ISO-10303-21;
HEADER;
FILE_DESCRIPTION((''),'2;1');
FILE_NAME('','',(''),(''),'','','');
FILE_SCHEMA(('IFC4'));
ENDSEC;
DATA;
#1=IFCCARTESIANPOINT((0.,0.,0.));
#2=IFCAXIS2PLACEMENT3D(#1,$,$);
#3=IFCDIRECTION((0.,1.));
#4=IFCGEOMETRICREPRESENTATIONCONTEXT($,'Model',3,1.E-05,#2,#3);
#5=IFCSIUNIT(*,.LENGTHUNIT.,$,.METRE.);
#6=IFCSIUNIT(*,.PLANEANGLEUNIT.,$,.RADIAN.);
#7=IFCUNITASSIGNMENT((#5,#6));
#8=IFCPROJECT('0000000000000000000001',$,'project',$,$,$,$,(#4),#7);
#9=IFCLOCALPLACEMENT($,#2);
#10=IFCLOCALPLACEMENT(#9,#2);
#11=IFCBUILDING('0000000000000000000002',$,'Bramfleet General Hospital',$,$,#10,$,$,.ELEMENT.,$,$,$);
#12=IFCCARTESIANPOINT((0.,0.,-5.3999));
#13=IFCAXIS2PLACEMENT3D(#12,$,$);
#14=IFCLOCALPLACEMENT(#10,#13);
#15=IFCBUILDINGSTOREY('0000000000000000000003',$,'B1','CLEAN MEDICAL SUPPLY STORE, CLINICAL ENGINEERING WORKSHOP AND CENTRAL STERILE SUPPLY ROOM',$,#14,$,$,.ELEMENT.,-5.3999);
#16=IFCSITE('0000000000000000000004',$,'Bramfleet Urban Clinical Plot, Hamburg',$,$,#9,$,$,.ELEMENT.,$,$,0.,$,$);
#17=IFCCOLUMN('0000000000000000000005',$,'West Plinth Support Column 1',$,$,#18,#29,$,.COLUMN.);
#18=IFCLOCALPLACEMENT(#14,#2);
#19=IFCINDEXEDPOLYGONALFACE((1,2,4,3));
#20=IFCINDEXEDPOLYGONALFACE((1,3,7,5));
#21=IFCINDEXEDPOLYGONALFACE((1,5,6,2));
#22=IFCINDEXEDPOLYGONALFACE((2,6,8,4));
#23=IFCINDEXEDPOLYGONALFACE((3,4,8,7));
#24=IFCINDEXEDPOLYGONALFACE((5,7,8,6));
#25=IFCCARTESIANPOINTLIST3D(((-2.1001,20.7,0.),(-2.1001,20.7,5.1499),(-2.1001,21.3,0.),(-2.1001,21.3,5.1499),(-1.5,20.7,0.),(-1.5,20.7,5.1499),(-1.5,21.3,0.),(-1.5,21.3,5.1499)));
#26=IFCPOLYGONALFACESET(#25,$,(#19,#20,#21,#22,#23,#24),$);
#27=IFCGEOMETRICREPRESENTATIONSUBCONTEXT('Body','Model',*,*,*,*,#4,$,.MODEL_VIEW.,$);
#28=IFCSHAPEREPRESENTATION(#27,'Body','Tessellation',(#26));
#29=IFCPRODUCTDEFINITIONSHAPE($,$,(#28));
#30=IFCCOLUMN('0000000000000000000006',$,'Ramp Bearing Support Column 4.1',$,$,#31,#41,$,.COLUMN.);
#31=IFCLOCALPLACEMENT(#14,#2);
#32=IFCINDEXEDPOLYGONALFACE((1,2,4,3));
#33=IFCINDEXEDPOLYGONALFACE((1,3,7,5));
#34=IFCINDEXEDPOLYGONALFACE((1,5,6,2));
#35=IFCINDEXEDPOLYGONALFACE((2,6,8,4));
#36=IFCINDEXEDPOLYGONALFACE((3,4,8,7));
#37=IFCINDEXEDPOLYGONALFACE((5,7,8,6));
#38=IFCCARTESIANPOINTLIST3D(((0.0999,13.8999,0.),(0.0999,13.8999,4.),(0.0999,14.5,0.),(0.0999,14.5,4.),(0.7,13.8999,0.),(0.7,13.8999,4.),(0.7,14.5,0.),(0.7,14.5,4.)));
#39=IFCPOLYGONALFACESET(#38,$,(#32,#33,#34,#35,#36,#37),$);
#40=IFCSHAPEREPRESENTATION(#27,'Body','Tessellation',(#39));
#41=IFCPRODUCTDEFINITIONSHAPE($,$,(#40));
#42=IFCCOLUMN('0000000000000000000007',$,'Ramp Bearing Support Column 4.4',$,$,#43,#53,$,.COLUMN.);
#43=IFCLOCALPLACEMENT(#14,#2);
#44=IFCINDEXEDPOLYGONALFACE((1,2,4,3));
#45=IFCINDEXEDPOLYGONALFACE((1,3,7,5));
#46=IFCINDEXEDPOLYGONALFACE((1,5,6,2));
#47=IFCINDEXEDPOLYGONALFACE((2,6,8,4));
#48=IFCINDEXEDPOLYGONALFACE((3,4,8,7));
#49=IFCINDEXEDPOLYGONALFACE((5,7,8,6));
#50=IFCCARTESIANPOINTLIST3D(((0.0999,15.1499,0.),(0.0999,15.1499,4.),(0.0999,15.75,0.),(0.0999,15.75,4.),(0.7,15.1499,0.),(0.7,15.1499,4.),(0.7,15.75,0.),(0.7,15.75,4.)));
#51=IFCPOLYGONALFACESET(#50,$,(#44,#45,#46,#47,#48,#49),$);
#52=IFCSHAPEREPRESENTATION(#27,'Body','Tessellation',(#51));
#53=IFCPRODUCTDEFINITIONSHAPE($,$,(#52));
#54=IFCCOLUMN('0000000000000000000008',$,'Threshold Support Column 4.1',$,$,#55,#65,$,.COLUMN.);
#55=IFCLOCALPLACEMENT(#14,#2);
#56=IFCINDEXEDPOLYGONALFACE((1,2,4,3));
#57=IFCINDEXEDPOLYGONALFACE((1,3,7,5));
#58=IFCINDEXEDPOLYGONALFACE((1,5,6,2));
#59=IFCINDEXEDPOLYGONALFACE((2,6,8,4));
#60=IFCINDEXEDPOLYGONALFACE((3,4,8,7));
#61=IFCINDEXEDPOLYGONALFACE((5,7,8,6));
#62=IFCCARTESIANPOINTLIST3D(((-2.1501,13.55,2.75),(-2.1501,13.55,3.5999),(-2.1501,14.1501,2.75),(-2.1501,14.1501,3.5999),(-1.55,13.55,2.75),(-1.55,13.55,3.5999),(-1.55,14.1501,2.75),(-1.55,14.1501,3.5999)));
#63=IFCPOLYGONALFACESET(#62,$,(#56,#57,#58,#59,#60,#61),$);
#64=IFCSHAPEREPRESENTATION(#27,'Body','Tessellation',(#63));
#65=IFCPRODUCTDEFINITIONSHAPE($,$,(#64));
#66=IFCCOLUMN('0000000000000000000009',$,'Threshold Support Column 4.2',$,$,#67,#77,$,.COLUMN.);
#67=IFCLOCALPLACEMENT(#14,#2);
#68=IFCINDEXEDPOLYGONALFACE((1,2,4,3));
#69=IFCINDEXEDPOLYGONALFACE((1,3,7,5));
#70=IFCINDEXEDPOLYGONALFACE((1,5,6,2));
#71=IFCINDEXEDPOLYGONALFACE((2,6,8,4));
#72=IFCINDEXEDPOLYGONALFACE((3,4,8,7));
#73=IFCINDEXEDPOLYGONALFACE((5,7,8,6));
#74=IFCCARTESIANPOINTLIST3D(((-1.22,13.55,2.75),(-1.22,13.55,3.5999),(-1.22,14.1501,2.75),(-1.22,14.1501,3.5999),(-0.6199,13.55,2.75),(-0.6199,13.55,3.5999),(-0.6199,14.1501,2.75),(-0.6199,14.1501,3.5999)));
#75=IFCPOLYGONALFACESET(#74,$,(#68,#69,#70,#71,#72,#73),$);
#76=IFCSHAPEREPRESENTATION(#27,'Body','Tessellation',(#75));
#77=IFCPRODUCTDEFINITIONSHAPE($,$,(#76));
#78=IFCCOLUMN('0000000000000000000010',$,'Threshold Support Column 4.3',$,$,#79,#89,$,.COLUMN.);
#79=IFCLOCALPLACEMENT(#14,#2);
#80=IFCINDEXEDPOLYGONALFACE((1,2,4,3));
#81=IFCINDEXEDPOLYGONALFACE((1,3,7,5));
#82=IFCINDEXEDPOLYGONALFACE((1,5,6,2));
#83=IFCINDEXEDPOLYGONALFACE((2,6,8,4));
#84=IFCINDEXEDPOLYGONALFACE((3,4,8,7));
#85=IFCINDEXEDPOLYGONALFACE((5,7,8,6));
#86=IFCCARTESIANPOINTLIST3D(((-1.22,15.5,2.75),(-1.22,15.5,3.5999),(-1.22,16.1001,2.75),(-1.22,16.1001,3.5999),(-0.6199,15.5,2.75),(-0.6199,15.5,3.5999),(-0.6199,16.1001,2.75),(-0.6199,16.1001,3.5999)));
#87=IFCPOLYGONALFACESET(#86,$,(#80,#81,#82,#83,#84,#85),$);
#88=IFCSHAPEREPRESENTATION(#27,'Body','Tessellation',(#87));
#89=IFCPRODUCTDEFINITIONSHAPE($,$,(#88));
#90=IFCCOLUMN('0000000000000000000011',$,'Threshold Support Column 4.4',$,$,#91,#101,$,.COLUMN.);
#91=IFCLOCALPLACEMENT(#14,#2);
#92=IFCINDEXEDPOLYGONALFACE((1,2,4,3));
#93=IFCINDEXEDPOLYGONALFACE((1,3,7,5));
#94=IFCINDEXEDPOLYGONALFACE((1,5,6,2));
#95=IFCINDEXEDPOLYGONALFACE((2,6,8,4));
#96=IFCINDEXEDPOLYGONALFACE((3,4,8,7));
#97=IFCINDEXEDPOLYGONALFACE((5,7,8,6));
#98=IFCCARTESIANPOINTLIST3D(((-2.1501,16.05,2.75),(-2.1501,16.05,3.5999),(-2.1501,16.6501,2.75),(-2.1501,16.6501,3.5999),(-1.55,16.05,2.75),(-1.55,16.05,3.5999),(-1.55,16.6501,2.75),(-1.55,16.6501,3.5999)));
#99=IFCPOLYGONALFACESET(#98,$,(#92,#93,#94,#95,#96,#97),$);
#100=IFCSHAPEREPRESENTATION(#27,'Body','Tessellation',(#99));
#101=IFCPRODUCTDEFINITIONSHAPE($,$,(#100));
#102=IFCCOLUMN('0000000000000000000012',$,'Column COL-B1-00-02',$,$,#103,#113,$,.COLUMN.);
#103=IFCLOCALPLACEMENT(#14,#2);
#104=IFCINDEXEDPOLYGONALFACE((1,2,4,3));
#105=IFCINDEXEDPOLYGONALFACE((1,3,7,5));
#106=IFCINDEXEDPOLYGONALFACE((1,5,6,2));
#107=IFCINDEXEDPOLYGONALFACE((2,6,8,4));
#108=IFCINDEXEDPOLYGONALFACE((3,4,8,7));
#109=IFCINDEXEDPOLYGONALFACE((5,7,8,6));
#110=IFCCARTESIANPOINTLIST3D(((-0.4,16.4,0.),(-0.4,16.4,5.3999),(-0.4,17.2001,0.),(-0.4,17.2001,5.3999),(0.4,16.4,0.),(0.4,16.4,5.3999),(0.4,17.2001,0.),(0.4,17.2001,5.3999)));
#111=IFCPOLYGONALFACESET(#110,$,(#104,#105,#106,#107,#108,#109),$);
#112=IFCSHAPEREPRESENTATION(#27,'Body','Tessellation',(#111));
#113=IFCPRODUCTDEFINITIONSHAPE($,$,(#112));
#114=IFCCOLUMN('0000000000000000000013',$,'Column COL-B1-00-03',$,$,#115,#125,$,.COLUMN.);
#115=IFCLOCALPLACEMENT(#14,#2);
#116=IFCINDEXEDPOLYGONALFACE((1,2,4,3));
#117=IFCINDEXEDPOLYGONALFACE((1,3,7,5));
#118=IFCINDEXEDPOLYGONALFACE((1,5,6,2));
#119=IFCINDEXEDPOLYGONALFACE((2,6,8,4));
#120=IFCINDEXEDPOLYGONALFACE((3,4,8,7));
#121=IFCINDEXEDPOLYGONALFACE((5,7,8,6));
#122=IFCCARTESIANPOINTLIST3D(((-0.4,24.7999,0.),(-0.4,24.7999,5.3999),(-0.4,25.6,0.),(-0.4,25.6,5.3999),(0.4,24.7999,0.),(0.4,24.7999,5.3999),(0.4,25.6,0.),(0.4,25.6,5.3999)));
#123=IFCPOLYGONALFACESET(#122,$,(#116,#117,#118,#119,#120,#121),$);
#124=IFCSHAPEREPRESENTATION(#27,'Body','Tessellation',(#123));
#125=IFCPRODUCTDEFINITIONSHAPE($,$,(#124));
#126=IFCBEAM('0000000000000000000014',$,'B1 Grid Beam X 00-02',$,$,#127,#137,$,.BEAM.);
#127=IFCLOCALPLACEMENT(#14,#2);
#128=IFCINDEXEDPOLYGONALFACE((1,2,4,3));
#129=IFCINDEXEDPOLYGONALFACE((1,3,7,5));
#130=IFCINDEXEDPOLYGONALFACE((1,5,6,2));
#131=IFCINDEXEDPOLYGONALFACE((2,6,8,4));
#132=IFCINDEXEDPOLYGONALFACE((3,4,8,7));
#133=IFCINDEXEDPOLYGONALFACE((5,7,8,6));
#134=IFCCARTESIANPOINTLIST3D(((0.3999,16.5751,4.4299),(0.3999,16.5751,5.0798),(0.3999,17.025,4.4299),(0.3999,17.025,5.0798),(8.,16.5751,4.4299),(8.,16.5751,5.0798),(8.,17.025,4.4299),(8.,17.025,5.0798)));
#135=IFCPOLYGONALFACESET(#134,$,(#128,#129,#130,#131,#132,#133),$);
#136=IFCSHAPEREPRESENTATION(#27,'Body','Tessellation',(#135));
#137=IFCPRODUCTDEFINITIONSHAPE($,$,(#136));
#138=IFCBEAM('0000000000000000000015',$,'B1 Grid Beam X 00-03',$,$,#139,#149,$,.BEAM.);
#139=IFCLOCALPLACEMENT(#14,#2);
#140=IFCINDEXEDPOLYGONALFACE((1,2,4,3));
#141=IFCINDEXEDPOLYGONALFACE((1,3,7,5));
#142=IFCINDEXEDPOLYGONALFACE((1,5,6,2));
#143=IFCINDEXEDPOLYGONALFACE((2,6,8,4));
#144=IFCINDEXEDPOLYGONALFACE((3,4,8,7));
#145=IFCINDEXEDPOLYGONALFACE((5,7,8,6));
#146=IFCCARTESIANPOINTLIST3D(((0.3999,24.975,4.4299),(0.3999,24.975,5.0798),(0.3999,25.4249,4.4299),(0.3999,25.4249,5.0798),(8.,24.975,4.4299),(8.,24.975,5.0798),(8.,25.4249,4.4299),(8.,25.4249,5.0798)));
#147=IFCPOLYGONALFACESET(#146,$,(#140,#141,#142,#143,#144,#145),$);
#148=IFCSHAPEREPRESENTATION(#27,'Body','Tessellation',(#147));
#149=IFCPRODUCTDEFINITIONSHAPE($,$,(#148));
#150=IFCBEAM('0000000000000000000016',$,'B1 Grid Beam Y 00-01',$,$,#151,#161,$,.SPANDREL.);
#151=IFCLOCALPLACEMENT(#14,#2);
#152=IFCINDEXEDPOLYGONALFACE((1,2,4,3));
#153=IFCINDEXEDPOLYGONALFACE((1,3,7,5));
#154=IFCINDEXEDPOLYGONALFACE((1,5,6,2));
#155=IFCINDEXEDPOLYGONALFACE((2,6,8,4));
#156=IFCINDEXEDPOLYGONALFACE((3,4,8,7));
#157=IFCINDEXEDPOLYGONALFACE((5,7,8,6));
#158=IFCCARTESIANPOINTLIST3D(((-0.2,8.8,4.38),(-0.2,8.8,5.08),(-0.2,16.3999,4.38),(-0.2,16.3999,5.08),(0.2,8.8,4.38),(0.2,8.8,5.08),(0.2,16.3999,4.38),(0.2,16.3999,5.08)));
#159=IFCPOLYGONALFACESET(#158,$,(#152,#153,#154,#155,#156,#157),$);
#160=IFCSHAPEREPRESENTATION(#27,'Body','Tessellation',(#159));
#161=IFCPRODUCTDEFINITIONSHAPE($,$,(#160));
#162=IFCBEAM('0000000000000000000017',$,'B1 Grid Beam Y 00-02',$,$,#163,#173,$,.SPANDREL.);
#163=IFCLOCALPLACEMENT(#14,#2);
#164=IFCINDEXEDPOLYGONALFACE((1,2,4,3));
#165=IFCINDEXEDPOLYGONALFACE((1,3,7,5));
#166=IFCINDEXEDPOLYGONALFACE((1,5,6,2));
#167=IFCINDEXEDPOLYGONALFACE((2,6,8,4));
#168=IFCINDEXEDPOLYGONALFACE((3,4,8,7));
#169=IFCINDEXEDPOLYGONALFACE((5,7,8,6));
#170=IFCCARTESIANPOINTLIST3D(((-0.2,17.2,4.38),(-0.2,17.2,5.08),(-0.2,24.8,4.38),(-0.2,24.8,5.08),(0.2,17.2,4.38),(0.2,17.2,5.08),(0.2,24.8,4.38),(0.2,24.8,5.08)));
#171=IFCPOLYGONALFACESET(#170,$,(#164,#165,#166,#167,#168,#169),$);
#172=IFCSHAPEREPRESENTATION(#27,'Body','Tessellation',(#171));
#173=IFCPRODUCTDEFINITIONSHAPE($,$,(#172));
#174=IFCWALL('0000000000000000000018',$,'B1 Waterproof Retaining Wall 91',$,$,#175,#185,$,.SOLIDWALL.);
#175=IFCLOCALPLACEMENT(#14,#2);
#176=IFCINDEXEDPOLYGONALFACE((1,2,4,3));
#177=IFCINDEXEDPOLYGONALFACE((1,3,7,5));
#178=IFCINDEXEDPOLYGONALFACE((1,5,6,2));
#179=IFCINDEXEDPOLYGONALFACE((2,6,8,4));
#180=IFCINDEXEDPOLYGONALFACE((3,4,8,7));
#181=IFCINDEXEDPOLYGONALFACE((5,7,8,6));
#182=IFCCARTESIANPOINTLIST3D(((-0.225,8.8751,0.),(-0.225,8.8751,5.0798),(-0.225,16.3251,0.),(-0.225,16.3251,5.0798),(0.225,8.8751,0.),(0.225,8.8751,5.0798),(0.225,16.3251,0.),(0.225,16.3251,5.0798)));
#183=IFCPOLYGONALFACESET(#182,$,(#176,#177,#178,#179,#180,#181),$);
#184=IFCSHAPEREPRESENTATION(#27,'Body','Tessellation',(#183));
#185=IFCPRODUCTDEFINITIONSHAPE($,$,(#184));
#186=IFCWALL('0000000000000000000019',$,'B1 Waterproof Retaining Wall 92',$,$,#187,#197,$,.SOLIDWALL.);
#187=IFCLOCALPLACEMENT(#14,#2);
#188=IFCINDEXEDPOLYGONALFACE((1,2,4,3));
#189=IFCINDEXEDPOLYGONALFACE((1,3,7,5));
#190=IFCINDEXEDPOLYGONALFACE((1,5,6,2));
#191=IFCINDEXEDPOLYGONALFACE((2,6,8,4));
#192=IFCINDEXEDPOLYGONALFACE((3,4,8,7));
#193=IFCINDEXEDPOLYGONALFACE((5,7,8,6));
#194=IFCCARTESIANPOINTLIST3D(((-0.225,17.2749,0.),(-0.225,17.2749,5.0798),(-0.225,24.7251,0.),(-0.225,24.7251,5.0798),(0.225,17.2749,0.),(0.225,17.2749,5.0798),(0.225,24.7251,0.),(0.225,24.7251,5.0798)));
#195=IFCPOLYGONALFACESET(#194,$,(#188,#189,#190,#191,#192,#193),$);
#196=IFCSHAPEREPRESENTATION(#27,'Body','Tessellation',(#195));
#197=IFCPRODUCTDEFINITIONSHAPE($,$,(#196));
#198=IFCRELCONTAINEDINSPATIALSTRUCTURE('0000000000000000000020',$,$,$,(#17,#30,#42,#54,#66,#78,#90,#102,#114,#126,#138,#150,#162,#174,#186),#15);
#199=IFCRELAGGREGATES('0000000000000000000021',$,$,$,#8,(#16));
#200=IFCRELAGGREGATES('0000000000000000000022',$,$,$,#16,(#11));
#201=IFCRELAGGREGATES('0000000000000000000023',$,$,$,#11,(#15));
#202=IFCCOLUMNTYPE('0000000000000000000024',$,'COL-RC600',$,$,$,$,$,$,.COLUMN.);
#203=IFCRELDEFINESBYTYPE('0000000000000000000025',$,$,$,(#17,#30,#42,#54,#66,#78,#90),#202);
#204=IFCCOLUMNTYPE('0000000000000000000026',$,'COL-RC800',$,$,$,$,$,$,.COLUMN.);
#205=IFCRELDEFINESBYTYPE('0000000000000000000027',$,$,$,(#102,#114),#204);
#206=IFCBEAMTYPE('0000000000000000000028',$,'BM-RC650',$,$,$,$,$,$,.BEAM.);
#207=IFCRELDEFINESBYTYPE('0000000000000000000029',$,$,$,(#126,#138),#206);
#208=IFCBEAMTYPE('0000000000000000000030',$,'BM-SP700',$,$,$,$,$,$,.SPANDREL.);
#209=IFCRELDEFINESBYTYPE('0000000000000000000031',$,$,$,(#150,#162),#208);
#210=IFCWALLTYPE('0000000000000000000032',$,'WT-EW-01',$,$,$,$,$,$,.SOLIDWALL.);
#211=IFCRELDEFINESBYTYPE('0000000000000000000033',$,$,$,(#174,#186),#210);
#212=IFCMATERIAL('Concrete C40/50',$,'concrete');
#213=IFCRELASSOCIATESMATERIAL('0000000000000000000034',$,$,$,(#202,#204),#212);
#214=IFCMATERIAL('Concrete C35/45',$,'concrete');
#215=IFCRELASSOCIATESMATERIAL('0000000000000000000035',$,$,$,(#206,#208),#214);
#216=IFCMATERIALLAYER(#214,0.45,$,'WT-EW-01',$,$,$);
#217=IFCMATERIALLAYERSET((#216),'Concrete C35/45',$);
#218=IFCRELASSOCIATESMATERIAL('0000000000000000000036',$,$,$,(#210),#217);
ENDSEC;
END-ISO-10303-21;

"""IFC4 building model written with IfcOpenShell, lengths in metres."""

from ifc_helpers import new_model, si_unit, direction, frame, frame_2d, origin, origin_2d, place, context, subcontext, project, spatial, rectangle, extrude, material, layer, layer_set, material_profile, profile_set, type_object, element, save


model = new_model("IFC4")

# Units and contexts
model_context = context("Model", 3, precision=1e-05, world=origin(), true_north=direction((0.0, 1.0)))
body_context = subcontext(model_context, "Body", "Model", "MODEL_VIEW")
ifc_project = project(units=[si_unit("LENGTHUNIT", "METRE"), si_unit("PLANEANGLEUNIT", "RADIAN")], contexts=[model_context])

# Site, building, storey
site_placement = place(None, origin())
site = spatial("IfcSite", under=ifc_project, at=site_placement, Name="Bramfleet Urban Clinical Plot, Hamburg", CompositionType="ELEMENT", RefElevation=0.0)
building_placement = place(site_placement, origin())
building = spatial("IfcBuilding", under=site, at=building_placement, Name="Bramfleet General Hospital", CompositionType="ELEMENT")
storey_placement = place(building_placement, frame((0.0, 0.0, -5.3999)))
storey = spatial("IfcBuildingStorey", under=building, at=storey_placement, Name="B1", Description="CLEAN MEDICAL SUPPLY STORE, CLINICAL ENGINEERING WORKSHOP AND CENTRAL STERILE SUPPLY ROOM", CompositionType="ELEMENT", Elevation=-5.3999)

# Shared definitions
ifc_material_1 = material(Name="Concrete C35/45", Category="concrete")

# Columns
ifc_material_2 = material(Name="Concrete C40/50", Category="concrete")
ifc_material_profile_1 = material_profile(ifc_material_2, rectangle(XDim=0.6001, YDim=0.6001, at=origin_2d()), Name="RC COL 600x600")
ifc_profile_set_1 = profile_set([ifc_material_profile_1], Name="Concrete C40/50")
column_type_1 = type_object("IfcColumnType", Name="COL-RC600", PredefinedType="COLUMN", material=ifc_profile_set_1)
column_placement = place(storey_placement, frame((-1.8, 21.0, 0.0), z_axis=(0.0, 0.0, 1.0), x_axis=(1.0, 0.0, 0.0)))
element("IfcColumn", 1, at=column_placement, inside=storey, type_object=column_type_1, Name="West Plinth Support Column 1", PredefinedType="COLUMN", context=body_context, shape_type="SweptSolid", body=[
    extrude(rectangle(XDim=0.6001, YDim=0.6001, at=origin_2d()), origin(), (0.0, 0.0, 1.0), 5.1499),
])
for number, where, z_axis, x_axis, name in (
    (2, (0.3999, 14.2, 0.0), (0.0, 0.0, 1.0), (1.0, 0.0, 0.0), "Ramp Bearing Support Column 4.1"),
    (3, (0.3999, 15.45, 0.0), (0.0, 0.0, 1.0), (1.0, 0.0, 0.0), "Ramp Bearing Support Column 4.4"),
):
    element("IfcColumn", number, at=place(storey_placement, frame(where, z_axis=z_axis, x_axis=x_axis)), inside=storey, type_object=column_type_1, Name=name, PredefinedType="COLUMN", context=body_context, shape_type="SweptSolid", body=[
        extrude(rectangle(XDim=0.6001, YDim=0.6001, at=origin_2d()), origin(), (0.0, 0.0, 1.0), 4.0),
    ])
for number, where, z_axis, x_axis, name in (
    (4, (-1.8501, 13.8501, 2.75), (0.0, 0.0, 1.0), (1.0, 0.0, 0.0), "Threshold Support Column 4.1"),
    (5, (-0.9199, 13.8501, 2.75), (0.0, 0.0, 1.0), (1.0, 0.0, 0.0), "Threshold Support Column 4.2"),
    (6, (-0.9199, 15.8, 2.75), (0.0, 0.0, 1.0), (1.0, 0.0, 0.0), "Threshold Support Column 4.3"),
    (7, (-1.8501, 16.3501, 2.75), (0.0, 0.0, 1.0), (1.0, 0.0, 0.0), "Threshold Support Column 4.4"),
):
    element("IfcColumn", number, at=place(storey_placement, frame(where, z_axis=z_axis, x_axis=x_axis)), inside=storey, type_object=column_type_1, Name=name, PredefinedType="COLUMN", context=body_context, shape_type="SweptSolid", body=[
        extrude(rectangle(XDim=0.6001, YDim=0.6001, at=origin_2d()), origin(), (0.0, 0.0, 1.0), 0.8499),
    ])
ifc_material_profile_2 = material_profile(ifc_material_2, rectangle(XDim=0.8, YDim=0.8, at=origin_2d()), Name="RC COL 800x800")
ifc_profile_set_2 = profile_set([ifc_material_profile_2], Name="Concrete C40/50")
column_type_2 = type_object("IfcColumnType", Name="COL-RC800", PredefinedType="COLUMN", material=ifc_profile_set_2)
for number, where, z_axis, x_axis, name in (
    (8, (0.0, 16.8, 0.0), (0.0, 0.0, 1.0), (1.0, 0.0, 0.0), "Column COL-B1-00-02"),
    (9, (0.0, 25.2, 0.0), (0.0, 0.0, 1.0), (1.0, 0.0, 0.0), "Column COL-B1-00-03"),
):
    element("IfcColumn", number, at=place(storey_placement, frame(where, z_axis=z_axis, x_axis=x_axis)), inside=storey, type_object=column_type_2, Name=name, PredefinedType="COLUMN", context=body_context, shape_type="SweptSolid", body=[
        extrude(rectangle(XDim=0.8, YDim=0.8, at=origin_2d()), origin(), (0.0, 0.0, 1.0), 5.3999),
    ])

# Beams
ifc_material_profile_3 = material_profile(ifc_material_1, rectangle(XDim=0.45, YDim=0.6499, at=origin_2d()), Name="RC BM 650x450")
ifc_profile_set_3 = profile_set([ifc_material_profile_3], Name="Concrete C35/45")
beam_type_1 = type_object("IfcBeamType", Name="BM-RC650", PredefinedType="BEAM", material=ifc_profile_set_3)
for number, where, z_axis, x_axis, name in (
    (10, (0.3999, 16.8, 4.7549), (1.0, 0.0, 0.0), (0.0, 1.0, 0.0), "B1 Grid Beam X 00-02"),
    (11, (0.3999, 25.2, 4.7549), (1.0, 0.0, 0.0), (0.0, 1.0, 0.0), "B1 Grid Beam X 00-03"),
):
    element("IfcBeam", number, at=place(storey_placement, frame(where, z_axis=z_axis, x_axis=x_axis)), inside=storey, type_object=beam_type_1, Name=name, PredefinedType="BEAM", context=body_context, shape_type="SweptSolid", body=[
        extrude(rectangle(XDim=0.45, YDim=0.6499, at=origin_2d()), origin(), (0.0, 0.0, 1.0), 7.6001),
    ])
ifc_material_profile_4 = material_profile(ifc_material_1, rectangle(XDim=0.3999, YDim=0.7, at=origin_2d()), Name="RC SP 700x400")
ifc_profile_set_4 = profile_set([ifc_material_profile_4], Name="Concrete C35/45")
beam_type_2 = type_object("IfcBeamType", Name="BM-SP700", PredefinedType="SPANDREL", material=ifc_profile_set_4)
beam_1_placement = place(storey_placement, frame((0.0, 8.8, 4.73), z_axis=(0.0, 1.0, 0.0), x_axis=(-1.0, 0.0, 0.0)))
element("IfcBeam", 12, at=beam_1_placement, inside=storey, type_object=beam_type_2, Name="B1 Grid Beam Y 00-01", PredefinedType="SPANDREL", context=body_context, shape_type="SweptSolid", body=[
    extrude(rectangle(XDim=0.3999, YDim=0.7, at=origin_2d()), origin(), (0.0, 0.0, 1.0), 7.5999),
])
beam_2_placement = place(storey_placement, frame((0.0, 17.2, 4.73), z_axis=(0.0, 1.0, 0.0), x_axis=(-1.0, 0.0, 0.0)))
element("IfcBeam", 13, at=beam_2_placement, inside=storey, type_object=beam_type_2, Name="B1 Grid Beam Y 00-02", PredefinedType="SPANDREL", context=body_context, shape_type="SweptSolid", body=[
    extrude(rectangle(XDim=0.3999, YDim=0.7, at=origin_2d()), origin(), (0.0, 0.0, 1.0), 7.6001),
])

# Walls
ifc_layer_1 = layer(ifc_material_1, 0.45, Name="WT-EW-01")
ifc_layer_set_1 = layer_set([ifc_layer_1], Name="Concrete C35/45")
wall_type_1 = type_object("IfcWallType", Name="WT-EW-01", PredefinedType="SOLIDWALL", material=ifc_layer_set_1)
wall_1_placement = place(storey_placement, frame((0.0, 8.875, 0.0), z_axis=(0.0, 0.0, 1.0), x_axis=(0.0, 1.0, 0.0)))
element("IfcWall", 14, at=wall_1_placement, inside=storey, type_object=wall_type_1, Name="B1 Waterproof Retaining Wall 91", PredefinedType="SOLIDWALL", context=body_context, shape_type="SweptSolid", body=[
    extrude(rectangle(XDim=7.45, YDim=0.45, at=frame_2d((3.7251, 0.0))), origin(), (0.0, 0.0, 1.0), 5.0798),
])
wall_2_placement = place(storey_placement, frame((0.0, 17.2749, 0.0), z_axis=(0.0, 0.0, 1.0), x_axis=(0.0, 1.0, 0.0)))
element("IfcWall", 15, at=wall_2_placement, inside=storey, type_object=wall_type_1, Name="B1 Waterproof Retaining Wall 92", PredefinedType="SOLIDWALL", context=body_context, shape_type="SweptSolid", body=[
    extrude(rectangle(XDim=7.4502, YDim=0.45, at=frame_2d((3.7251, 0.0))), origin(), (0.0, 0.0, 1.0), 5.0798),
])

save(model, "model.ifc")
